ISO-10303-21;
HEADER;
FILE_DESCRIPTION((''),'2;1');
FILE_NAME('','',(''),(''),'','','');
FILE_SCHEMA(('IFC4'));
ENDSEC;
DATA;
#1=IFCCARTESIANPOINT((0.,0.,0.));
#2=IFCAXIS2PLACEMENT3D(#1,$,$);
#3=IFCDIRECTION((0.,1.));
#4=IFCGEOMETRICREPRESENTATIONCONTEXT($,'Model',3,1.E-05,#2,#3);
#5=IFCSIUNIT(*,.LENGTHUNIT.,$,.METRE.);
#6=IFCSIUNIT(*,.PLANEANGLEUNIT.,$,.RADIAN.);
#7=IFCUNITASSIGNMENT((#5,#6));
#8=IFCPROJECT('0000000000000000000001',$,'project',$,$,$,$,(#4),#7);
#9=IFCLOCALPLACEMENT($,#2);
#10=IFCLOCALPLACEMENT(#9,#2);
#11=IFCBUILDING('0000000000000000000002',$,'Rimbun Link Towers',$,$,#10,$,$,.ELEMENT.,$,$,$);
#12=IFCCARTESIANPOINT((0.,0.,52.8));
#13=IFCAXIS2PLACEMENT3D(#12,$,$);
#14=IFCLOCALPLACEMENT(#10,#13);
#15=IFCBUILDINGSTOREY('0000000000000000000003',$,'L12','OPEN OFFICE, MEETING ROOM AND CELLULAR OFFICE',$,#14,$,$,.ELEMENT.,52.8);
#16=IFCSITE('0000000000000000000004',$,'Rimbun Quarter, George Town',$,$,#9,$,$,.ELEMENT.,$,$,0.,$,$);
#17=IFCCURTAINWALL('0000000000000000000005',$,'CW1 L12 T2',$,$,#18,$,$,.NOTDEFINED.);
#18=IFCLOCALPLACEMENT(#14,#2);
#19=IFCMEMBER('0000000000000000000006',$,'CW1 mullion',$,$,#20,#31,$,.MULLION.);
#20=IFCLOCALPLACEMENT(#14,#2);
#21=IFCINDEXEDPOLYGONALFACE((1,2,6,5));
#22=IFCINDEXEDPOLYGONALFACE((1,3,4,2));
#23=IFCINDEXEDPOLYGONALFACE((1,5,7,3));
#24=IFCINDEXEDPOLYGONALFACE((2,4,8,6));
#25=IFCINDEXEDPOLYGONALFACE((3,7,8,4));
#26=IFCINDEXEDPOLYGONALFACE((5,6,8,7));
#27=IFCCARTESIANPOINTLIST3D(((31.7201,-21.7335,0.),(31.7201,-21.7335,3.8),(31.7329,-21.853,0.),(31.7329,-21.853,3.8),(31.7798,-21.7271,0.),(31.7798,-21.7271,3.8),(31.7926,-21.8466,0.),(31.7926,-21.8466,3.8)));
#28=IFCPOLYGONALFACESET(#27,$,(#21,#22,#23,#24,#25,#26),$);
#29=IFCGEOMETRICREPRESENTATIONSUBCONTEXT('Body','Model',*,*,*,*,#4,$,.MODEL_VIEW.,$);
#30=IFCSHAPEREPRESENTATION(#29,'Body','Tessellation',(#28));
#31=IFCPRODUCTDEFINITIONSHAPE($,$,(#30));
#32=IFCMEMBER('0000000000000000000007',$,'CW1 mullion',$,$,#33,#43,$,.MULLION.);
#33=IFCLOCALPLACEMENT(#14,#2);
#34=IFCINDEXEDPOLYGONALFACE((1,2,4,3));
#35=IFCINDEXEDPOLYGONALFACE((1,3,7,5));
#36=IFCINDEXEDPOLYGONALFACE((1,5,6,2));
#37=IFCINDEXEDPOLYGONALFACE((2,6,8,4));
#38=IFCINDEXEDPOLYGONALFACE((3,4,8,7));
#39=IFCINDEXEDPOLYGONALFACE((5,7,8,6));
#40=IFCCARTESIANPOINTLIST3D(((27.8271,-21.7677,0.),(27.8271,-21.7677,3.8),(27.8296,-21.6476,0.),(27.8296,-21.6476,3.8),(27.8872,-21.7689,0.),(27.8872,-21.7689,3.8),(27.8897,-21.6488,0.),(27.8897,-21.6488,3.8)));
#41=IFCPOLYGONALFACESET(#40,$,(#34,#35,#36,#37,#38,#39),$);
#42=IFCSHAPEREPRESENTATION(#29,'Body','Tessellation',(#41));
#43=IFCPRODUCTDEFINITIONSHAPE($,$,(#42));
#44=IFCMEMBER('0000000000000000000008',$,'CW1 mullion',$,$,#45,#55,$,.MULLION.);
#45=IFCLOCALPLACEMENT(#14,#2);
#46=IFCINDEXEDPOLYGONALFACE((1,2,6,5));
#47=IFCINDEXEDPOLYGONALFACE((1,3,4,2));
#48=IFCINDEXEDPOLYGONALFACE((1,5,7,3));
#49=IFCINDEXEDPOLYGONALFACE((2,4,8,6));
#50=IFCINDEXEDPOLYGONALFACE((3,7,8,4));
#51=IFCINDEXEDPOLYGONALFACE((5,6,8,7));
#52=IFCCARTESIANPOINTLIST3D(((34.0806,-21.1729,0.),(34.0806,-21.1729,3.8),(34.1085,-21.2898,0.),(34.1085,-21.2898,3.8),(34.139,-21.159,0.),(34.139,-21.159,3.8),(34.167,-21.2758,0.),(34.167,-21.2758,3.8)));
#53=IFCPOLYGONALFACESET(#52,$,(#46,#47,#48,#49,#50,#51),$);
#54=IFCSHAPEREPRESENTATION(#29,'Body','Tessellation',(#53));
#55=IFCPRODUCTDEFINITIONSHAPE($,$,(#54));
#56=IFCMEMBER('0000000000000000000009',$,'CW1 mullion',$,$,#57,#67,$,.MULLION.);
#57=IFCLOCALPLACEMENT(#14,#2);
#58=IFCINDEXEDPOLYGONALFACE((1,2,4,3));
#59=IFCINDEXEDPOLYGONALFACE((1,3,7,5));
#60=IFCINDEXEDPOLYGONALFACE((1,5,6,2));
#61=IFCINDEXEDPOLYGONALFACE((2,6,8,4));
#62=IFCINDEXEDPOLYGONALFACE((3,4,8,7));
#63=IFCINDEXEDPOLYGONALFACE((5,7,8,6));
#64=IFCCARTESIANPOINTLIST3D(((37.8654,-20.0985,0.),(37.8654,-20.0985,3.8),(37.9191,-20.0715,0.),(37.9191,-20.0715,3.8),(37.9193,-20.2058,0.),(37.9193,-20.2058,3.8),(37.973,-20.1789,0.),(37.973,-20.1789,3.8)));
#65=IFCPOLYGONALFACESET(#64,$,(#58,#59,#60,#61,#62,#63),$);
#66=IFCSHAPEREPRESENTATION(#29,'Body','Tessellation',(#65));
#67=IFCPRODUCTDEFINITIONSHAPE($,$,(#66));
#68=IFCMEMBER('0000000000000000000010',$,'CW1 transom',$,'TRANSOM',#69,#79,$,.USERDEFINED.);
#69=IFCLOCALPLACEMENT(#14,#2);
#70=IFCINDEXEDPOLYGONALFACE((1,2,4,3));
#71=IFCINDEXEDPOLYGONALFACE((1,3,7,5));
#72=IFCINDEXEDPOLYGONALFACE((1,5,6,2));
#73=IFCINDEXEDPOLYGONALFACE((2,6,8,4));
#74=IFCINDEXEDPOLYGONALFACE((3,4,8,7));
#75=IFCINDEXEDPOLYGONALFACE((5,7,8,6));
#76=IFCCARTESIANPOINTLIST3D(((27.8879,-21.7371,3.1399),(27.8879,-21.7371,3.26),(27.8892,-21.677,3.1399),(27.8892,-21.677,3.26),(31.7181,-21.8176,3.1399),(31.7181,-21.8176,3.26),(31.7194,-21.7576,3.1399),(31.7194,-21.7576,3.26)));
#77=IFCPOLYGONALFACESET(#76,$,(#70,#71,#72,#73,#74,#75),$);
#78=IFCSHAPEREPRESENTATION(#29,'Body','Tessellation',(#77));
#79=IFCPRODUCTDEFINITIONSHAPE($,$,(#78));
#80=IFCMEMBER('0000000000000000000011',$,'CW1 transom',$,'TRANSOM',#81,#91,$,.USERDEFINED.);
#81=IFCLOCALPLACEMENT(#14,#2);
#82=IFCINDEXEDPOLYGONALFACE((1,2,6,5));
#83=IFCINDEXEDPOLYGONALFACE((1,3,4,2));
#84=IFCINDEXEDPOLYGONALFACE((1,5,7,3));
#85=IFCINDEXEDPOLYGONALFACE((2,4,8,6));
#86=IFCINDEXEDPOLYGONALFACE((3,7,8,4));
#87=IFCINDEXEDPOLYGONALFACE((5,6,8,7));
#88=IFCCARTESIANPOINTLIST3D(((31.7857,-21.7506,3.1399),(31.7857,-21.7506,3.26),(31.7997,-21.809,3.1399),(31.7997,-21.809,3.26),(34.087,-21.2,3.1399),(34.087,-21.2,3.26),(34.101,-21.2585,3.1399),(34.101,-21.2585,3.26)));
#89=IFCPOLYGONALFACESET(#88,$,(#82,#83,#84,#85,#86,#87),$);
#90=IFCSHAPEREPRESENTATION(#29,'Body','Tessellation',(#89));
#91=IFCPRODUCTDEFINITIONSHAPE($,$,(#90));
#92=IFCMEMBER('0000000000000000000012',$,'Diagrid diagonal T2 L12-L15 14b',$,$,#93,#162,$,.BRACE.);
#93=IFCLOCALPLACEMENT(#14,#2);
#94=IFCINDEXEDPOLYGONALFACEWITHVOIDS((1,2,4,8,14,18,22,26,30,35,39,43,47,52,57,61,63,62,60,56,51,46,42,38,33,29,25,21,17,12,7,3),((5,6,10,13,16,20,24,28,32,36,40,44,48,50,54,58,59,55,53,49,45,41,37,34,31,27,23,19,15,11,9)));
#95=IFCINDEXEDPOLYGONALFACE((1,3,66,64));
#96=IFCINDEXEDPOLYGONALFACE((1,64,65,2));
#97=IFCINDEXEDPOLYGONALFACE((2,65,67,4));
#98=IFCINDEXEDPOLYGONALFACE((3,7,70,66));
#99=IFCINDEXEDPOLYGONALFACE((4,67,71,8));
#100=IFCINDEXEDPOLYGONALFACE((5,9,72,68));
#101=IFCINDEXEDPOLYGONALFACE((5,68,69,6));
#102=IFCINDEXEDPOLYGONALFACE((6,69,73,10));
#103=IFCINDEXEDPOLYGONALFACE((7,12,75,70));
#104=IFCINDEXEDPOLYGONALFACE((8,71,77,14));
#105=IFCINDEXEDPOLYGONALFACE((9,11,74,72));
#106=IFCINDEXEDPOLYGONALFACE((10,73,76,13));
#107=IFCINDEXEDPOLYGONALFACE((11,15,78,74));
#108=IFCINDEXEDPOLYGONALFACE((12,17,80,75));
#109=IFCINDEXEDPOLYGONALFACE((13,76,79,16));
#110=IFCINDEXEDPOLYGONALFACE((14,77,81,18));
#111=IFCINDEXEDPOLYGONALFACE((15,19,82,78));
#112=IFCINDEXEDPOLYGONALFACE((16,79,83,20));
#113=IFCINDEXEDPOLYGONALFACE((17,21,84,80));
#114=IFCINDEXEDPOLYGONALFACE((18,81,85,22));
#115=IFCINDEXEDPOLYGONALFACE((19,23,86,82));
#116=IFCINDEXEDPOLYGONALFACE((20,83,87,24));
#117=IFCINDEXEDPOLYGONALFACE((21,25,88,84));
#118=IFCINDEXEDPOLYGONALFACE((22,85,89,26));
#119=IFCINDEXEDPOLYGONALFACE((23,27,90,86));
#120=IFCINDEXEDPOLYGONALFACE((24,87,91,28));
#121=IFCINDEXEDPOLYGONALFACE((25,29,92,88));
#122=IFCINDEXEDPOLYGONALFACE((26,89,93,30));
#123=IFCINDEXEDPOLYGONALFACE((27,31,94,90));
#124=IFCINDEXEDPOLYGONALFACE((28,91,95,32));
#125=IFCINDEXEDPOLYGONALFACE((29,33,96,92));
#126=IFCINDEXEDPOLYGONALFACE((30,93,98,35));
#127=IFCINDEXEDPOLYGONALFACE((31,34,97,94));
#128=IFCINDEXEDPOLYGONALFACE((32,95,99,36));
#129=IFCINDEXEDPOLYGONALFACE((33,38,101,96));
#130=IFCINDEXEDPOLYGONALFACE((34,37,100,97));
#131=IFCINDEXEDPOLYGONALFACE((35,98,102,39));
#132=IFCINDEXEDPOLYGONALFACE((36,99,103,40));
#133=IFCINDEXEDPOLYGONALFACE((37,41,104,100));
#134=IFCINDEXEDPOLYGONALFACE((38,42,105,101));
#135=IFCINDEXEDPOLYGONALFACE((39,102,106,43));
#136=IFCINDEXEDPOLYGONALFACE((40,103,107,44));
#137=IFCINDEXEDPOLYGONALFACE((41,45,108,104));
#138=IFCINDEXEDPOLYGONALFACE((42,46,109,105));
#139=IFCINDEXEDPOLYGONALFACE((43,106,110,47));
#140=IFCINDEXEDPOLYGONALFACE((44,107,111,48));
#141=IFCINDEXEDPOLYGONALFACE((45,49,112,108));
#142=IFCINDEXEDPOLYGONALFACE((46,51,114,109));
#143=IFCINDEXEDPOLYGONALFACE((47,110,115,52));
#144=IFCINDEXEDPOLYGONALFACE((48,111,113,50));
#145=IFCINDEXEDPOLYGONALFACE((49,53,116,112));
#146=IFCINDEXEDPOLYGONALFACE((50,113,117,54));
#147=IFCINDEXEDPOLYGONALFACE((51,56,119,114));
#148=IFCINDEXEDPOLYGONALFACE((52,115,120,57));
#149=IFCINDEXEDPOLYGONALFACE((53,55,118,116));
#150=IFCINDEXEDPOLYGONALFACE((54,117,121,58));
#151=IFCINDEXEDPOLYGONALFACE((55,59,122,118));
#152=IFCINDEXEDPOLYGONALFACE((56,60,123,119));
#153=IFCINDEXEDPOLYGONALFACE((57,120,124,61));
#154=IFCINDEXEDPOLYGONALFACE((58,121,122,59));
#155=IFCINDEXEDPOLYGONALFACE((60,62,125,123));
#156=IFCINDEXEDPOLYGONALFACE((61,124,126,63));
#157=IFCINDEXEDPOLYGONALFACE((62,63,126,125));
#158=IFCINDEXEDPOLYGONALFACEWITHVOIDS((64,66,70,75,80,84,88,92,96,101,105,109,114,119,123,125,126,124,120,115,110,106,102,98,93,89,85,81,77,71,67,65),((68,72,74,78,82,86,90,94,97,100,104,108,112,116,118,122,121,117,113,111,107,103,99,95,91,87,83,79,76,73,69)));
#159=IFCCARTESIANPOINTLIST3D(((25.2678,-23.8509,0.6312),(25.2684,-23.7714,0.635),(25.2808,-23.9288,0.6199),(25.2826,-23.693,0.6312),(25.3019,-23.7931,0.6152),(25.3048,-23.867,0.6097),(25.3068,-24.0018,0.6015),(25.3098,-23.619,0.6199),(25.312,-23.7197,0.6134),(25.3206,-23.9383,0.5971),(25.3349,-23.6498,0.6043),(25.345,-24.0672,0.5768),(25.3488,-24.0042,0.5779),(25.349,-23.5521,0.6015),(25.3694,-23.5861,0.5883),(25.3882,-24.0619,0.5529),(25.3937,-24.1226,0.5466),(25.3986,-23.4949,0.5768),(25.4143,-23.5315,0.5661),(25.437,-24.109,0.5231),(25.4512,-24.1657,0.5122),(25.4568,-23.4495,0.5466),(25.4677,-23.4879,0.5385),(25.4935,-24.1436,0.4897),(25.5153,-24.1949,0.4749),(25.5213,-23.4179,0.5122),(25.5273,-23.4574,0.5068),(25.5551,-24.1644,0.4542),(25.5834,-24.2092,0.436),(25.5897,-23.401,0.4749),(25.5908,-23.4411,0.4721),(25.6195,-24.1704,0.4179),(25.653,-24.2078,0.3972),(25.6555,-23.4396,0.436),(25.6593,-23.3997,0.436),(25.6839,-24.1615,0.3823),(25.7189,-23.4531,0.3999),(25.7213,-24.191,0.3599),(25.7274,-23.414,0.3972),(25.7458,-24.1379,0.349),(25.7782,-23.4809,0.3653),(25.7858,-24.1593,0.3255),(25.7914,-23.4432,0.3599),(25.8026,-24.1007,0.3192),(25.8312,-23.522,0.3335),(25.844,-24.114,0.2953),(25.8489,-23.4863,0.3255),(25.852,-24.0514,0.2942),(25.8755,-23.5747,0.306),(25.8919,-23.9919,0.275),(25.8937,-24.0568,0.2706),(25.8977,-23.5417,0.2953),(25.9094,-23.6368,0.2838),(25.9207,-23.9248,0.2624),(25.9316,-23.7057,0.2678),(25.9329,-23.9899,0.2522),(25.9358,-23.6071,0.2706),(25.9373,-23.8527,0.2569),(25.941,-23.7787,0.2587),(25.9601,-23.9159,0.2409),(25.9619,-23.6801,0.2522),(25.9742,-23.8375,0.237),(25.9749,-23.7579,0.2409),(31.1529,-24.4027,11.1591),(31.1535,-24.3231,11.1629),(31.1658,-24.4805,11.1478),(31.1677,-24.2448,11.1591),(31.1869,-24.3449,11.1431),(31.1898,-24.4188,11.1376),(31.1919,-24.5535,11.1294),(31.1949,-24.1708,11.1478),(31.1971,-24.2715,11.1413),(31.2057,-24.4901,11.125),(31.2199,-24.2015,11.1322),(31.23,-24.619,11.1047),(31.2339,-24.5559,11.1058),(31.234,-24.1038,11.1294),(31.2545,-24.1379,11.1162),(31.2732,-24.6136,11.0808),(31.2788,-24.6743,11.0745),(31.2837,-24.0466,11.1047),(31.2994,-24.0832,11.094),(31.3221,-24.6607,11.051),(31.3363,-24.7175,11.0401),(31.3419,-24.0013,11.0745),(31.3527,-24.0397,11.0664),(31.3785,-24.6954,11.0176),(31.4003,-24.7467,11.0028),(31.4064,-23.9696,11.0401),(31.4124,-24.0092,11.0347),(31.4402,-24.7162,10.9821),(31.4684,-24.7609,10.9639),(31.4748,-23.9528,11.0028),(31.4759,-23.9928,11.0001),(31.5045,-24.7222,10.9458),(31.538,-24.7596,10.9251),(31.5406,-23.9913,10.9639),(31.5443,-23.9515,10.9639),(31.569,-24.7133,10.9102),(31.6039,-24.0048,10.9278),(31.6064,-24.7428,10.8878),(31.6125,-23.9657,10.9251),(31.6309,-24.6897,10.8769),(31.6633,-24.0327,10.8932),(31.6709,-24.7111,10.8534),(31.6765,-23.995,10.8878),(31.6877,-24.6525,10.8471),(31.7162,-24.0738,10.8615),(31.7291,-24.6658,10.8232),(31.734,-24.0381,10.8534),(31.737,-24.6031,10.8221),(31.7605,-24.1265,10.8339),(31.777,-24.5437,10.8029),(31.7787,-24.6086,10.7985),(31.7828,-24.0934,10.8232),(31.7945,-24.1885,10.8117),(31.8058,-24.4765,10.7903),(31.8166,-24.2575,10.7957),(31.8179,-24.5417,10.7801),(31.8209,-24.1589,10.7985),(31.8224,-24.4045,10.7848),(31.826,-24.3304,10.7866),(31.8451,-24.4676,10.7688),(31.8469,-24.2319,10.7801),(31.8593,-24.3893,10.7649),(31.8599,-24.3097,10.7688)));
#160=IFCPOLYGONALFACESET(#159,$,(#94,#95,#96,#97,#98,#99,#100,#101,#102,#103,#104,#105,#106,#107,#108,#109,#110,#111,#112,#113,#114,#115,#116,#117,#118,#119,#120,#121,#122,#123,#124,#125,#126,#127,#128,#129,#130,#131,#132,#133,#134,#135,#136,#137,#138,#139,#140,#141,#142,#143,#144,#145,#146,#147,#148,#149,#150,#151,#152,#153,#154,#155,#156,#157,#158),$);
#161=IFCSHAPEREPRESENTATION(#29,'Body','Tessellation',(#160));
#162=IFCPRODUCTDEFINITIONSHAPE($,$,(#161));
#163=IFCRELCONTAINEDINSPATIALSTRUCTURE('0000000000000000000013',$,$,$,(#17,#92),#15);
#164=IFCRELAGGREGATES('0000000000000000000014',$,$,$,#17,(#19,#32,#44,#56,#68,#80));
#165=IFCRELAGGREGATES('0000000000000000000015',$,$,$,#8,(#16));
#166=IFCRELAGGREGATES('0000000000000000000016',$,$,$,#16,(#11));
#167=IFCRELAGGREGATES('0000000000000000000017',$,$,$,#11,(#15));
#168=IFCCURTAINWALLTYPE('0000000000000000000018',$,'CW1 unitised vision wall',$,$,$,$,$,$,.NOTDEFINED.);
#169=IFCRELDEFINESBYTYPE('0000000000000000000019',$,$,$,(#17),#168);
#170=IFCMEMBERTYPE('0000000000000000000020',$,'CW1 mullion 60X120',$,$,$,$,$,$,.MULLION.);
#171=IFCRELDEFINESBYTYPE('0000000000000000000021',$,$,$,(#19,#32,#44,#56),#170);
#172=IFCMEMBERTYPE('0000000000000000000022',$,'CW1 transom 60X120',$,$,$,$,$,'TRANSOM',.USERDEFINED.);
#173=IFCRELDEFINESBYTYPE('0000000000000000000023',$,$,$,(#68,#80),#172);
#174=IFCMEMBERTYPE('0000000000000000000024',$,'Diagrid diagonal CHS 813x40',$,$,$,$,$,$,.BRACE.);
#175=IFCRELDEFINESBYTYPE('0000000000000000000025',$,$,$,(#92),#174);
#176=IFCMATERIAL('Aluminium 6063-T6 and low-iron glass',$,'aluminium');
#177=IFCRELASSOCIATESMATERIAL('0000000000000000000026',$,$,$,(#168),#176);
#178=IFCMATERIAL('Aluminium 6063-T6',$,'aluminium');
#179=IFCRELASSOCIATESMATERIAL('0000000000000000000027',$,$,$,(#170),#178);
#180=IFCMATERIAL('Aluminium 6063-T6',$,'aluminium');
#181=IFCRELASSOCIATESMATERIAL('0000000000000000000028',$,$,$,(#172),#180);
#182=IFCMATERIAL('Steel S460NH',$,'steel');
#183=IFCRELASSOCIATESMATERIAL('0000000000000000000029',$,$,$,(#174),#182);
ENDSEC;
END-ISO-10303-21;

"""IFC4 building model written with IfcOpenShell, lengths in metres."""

from ifc_helpers import new_model, si_unit, direction, frame, origin, origin_2d, place, context, subcontext, project, spatial, rectangle, hollow_circle, extrude, material, material_profile, profile_set, type_object, element, aggregate, save


model = new_model("IFC4")

# Units and contexts
model_context = context("Model", 3, precision=1e-05, world=origin(), true_north=direction((0.0, 1.0)))
body_context = subcontext(model_context, "Body", "Model", "MODEL_VIEW")
ifc_project = project(units=[si_unit("LENGTHUNIT", "METRE"), si_unit("PLANEANGLEUNIT", "RADIAN")], contexts=[model_context])

# Site, building, storey
site_placement = place(None, origin())
site = spatial("IfcSite", under=ifc_project, at=site_placement, Name="Rimbun Quarter, George Town", CompositionType="ELEMENT", RefElevation=0.0)
building_placement = place(site_placement, origin())
building = spatial("IfcBuilding", under=site, at=building_placement, Name="Rimbun Link Towers", CompositionType="ELEMENT")
storey_placement = place(building_placement, frame((0.0, 0.0, 52.8)))
storey = spatial("IfcBuildingStorey", under=building, at=storey_placement, Name="L12", Description="OPEN OFFICE, MEETING ROOM AND CELLULAR OFFICE", CompositionType="ELEMENT", Elevation=52.8)

# Curtain wall, members
ifc_material_1 = material(Name="Aluminium 6063-T6 and low-iron glass", Category="aluminium")
curtain_wall_type = type_object("IfcCurtainWallType", Name="CW1 unitised vision wall", PredefinedType="NOTDEFINED", material=ifc_material_1)
curtain_wall_placement = place(storey_placement, origin())
curtain_wall = element("IfcCurtainWall", 1, at=curtain_wall_placement, inside=storey, type_object=curtain_wall_type, Name="CW1 L12 T2", PredefinedType="NOTDEFINED")
ifc_material_2 = material(Name="Aluminium 6063-T6", Category="aluminium")
ifc_material_profile_1 = material_profile(ifc_material_2, rectangle(XDim=0.1201, YDim=0.0601, at=origin_2d()), Name="MULLION 60X120")
ifc_profile_set_1 = profile_set([ifc_material_profile_1], Name="Aluminium 6063-T6")
member_type_1 = type_object("IfcMemberType", Name="CW1 mullion 60X120", PredefinedType="MULLION", material=ifc_profile_set_1)
member_1_placement = place(storey_placement, frame((31.7563, -21.79, 0.0), z_axis=(0.0, 0.0, 1.0), x_axis=(0.10664, -0.994298, 0.0)))
member_1 = element("IfcMember", 2, at=member_1_placement, type_object=member_type_1, Name="CW1 mullion", PredefinedType="MULLION", context=body_context, shape_type="SweptSolid", body=[
    extrude(rectangle(XDim=0.1201, YDim=0.0601, at=origin_2d()), origin(), (0.0, 0.0, 1.0), 3.8),
])
member_2_placement = place(storey_placement, frame((27.8584, -21.7083, 0.0), z_axis=(0.0, 0.0, 1.0), x_axis=(-0.021066, -0.999778, 0.0)))
member_2 = element("IfcMember", 3, at=member_2_placement, type_object=member_type_1, Name="CW1 mullion", PredefinedType="MULLION", context=body_context, shape_type="SweptSolid", body=[
    extrude(rectangle(XDim=0.1201, YDim=0.0601, at=origin_2d()), origin(), (0.0, 0.0, 1.0), 3.8),
])
member_3_placement = place(storey_placement, frame((34.1238, -21.2244, 0.0), z_axis=(0.0, 0.0, 1.0), x_axis=(0.232603, -0.972572, 0.0)))
member_3 = element("IfcMember", 4, at=member_3_placement, type_object=member_type_1, Name="CW1 mullion", PredefinedType="MULLION", context=body_context, shape_type="SweptSolid", body=[
    extrude(rectangle(XDim=0.1201, YDim=0.0601, at=origin_2d()), origin(), (0.0, 0.0, 1.0), 3.8),
])
member_4_placement = place(storey_placement, frame((37.9192, -20.1387, 0.0), z_axis=(0.0, 0.0, 1.0), x_axis=(0.448789, -0.893638, 0.0)))
member_4 = element("IfcMember", 5, at=member_4_placement, type_object=member_type_1, Name="CW1 mullion", PredefinedType="MULLION", context=body_context, shape_type="SweptSolid", body=[
    extrude(rectangle(XDim=0.1201, YDim=0.0601, at=origin_2d()), origin(), (0.0, 0.0, 1.0), 3.8),
])
ifc_material_3 = material(Name="Aluminium 6063-T6", Category="aluminium")
ifc_material_profile_2 = material_profile(ifc_material_3, rectangle(XDim=0.0601, YDim=0.1201, at=origin_2d()), Name="TRANSOM 60X120")
ifc_profile_set_2 = profile_set([ifc_material_profile_2], Name="Aluminium 6063-T6")
member_type_2 = type_object("IfcMemberType", Name="CW1 transom 60X120", ElementType="TRANSOM", PredefinedType="USERDEFINED", material=ifc_profile_set_2)
member_5_placement = place(storey_placement, frame((31.7188, -21.7876, 3.2), z_axis=(-0.999779, 0.021029, 0.0), x_axis=(-0.021029, -0.999779, 0.0)))
member_5 = element("IfcMember", 6, at=member_5_placement, type_object=member_type_2, Name="CW1 transom", ObjectType="TRANSOM", PredefinedType="USERDEFINED", context=body_context, shape_type="SweptSolid", body=[
    extrude(rectangle(XDim=0.0601, YDim=0.1201, at=origin_2d()), origin(), (0.0, 0.0, 1.0), 3.8311),
])
member_6_placement = place(storey_placement, frame((34.094, -21.2292, 3.2), z_axis=(-0.972557, -0.232667, 0.0), x_axis=(0.232667, -0.972557, 0.0)))
member_6 = element("IfcMember", 7, at=member_6_placement, type_object=member_type_2, Name="CW1 transom", ObjectType="TRANSOM", PredefinedType="USERDEFINED", context=body_context, shape_type="SweptSolid", body=[
    extrude(rectangle(XDim=0.0601, YDim=0.1201, at=origin_2d()), origin(), (0.0, 0.0, 1.0), 2.3662),
])

# Member
ifc_material_4 = material(Name="Steel S460NH", Category="steel")
ifc_material_profile_3 = material_profile(ifc_material_4, hollow_circle(Radius=0.4065, WallThickness=0.04, at=origin_2d()), Name="Diagrid diagonal CHS 813x40")
ifc_profile_set_3 = profile_set([ifc_material_profile_3], Name="Steel S460NH")
member_type_3 = type_object("IfcMemberType", Name="Diagrid diagonal CHS 813x40", PredefinedType="BRACE", material=ifc_profile_set_3)
member_7_placement = place(storey_placement, frame((25.6213, -23.8044, 0.436), z_axis=(0.487426, -0.045699, 0.871968), x_axis=(0.093347, 0.995634, 0.0)))
element("IfcMember", 8, at=member_7_placement, inside=storey, type_object=member_type_3, Name="Diagrid diagonal T2 L12-L15 14b", PredefinedType="BRACE", context=body_context, shape_type="SweptSolid", body=[
    extrude(hollow_circle(Radius=0.4065, WallThickness=0.04, at=origin_2d()), origin(), (0.0, 0.0, 1.0), 12.0737),
])

aggregate(curtain_wall, [member_1, member_2, member_3, member_4, member_5, member_6])

save(model, "model.ifc")
